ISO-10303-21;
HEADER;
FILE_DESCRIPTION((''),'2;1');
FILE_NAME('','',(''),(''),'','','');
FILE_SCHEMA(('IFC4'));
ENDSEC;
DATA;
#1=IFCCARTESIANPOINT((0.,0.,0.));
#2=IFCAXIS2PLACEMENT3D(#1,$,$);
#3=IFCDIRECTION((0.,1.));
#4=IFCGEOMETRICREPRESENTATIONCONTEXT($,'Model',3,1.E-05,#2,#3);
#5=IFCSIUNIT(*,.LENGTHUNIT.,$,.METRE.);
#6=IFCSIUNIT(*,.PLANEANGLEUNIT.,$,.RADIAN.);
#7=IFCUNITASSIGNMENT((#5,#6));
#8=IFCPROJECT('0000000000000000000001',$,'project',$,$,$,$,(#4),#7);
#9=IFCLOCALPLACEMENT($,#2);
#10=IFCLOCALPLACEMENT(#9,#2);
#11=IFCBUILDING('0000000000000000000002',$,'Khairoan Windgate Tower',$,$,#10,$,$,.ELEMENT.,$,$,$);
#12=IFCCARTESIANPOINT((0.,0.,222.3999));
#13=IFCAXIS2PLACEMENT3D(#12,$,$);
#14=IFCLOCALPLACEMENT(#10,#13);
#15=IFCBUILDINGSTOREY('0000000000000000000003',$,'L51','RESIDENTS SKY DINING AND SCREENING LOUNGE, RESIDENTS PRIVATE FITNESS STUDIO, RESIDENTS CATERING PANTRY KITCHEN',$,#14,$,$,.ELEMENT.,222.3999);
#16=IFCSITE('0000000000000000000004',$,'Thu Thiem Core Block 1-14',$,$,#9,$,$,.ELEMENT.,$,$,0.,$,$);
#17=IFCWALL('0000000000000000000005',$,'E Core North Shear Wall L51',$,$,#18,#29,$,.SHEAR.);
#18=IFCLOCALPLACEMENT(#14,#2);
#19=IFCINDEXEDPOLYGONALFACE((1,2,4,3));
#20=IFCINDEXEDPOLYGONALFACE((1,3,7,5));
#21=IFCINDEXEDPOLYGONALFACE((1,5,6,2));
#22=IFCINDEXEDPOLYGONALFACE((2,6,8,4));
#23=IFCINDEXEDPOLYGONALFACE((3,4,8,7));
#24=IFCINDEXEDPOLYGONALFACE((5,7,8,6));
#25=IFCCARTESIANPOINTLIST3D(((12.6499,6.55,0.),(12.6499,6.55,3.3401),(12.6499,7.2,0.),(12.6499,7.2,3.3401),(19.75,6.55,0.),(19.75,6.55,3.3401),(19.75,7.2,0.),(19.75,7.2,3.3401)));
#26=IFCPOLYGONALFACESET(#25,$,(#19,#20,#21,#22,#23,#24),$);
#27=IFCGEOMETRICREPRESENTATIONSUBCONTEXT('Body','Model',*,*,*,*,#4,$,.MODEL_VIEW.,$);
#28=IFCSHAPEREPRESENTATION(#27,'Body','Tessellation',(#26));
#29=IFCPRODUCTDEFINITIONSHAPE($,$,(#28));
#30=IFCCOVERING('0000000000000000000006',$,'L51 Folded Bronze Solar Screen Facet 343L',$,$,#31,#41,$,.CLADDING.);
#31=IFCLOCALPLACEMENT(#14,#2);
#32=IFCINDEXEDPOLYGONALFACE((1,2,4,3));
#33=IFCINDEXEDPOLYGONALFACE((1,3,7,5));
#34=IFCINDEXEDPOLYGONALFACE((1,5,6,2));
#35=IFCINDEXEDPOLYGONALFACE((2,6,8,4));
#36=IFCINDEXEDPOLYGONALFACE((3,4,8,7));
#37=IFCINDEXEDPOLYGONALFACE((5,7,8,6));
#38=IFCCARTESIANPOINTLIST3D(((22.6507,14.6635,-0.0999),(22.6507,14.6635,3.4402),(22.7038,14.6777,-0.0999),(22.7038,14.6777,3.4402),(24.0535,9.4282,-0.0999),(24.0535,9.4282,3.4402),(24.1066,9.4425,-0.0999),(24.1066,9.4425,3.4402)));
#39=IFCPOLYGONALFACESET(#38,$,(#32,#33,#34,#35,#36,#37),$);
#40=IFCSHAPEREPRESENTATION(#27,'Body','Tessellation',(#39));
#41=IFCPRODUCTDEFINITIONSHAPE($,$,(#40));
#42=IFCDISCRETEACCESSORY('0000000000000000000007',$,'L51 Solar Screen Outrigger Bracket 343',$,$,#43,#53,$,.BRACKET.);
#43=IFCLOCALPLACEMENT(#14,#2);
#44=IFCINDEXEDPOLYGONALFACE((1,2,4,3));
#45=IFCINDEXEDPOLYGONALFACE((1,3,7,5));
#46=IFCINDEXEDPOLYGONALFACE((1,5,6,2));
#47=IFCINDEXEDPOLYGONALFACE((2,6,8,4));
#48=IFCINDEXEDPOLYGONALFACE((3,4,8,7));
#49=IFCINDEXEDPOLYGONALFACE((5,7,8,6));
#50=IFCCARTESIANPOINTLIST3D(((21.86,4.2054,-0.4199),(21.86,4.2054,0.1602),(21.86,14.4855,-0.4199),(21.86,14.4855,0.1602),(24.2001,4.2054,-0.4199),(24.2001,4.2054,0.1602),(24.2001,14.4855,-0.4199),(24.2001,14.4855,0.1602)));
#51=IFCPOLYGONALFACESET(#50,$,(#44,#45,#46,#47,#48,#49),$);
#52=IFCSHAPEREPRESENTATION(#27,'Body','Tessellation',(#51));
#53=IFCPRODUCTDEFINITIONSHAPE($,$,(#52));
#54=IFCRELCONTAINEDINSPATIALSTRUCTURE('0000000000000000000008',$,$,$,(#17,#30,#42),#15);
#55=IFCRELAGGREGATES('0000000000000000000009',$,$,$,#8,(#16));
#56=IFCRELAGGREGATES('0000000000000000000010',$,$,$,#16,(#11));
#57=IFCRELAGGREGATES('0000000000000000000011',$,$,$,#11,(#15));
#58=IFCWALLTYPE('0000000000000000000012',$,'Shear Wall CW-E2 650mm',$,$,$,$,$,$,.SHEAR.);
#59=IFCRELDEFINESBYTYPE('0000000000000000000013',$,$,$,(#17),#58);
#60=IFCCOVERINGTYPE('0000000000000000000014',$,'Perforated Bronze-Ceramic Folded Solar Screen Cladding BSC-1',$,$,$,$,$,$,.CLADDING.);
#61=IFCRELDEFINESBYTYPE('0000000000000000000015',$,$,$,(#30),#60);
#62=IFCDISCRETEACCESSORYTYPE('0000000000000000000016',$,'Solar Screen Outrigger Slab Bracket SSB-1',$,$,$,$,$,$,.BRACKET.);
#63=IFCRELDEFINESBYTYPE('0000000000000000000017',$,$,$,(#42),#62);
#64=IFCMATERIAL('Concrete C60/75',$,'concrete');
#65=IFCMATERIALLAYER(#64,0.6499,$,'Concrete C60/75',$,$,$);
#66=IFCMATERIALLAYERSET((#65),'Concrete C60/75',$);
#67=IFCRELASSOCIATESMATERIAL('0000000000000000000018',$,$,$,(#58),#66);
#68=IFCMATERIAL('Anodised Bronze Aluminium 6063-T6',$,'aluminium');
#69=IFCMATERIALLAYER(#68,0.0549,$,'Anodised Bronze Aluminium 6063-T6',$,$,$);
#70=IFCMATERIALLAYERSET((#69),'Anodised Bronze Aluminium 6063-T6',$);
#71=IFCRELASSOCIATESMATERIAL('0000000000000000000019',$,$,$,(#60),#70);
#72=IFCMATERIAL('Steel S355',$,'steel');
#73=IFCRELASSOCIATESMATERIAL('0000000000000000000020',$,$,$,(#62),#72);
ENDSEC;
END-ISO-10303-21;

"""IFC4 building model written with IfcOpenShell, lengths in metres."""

from ifc_helpers import new_model, si_unit, direction, frame, frame_2d, origin, origin_2d, place, context, subcontext, project, spatial, rectangle, extrude, material, layer, layer_set, type_object, element, save


model = new_model("IFC4")

# Units and contexts
model_context = context("Model", 3, precision=1e-05, world=origin(), true_north=direction((0.0, 1.0)))
body_context = subcontext(model_context, "Body", "Model", "MODEL_VIEW")
ifc_project = project(units=[si_unit("LENGTHUNIT", "METRE"), si_unit("PLANEANGLEUNIT", "RADIAN")], contexts=[model_context])

# Site, building, storey
site_placement = place(None, origin())
site = spatial("IfcSite", under=ifc_project, at=site_placement, Name="Thu Thiem Core Block 1-14", CompositionType="ELEMENT", RefElevation=0.0)
building_placement = place(site_placement, origin())
building = spatial("IfcBuilding", under=site, at=building_placement, Name="Khairoan Windgate Tower", CompositionType="ELEMENT")
storey_placement = place(building_placement, frame((0.0, 0.0, 222.3999)))
storey = spatial("IfcBuildingStorey", under=building, at=storey_placement, Name="L51", Description="RESIDENTS SKY DINING AND SCREENING LOUNGE, RESIDENTS PRIVATE FITNESS STUDIO, RESIDENTS CATERING PANTRY KITCHEN", CompositionType="ELEMENT", Elevation=222.3999)

# Wall
ifc_material_1 = material(Name="Concrete C60/75", Category="concrete")
ifc_layer_1 = layer(ifc_material_1, 0.6499, Name="Concrete C60/75")
ifc_layer_set_1 = layer_set([ifc_layer_1], Name="Concrete C60/75")
wall_type = type_object("IfcWallType", Name="Shear Wall CW-E2 650mm", PredefinedType="SHEAR", material=ifc_layer_set_1)
wall_placement = place(storey_placement, frame((12.6499, 6.875, 0.0), z_axis=(0.0, 0.0, 1.0), x_axis=(1.0, 0.0, 0.0)))
element("IfcWall", 1, at=wall_placement, inside=storey, type_object=wall_type, Name="E Core North Shear Wall L51", PredefinedType="SHEAR", context=body_context, shape_type="SweptSolid", body=[
    extrude(rectangle(XDim=7.1001, YDim=0.6499, at=frame_2d((3.55, 0.0))), origin(), (0.0, 0.0, 1.0), 3.3401),
])

# Covering
ifc_material_2 = material(Name="Anodised Bronze Aluminium 6063-T6", Category="aluminium")
ifc_layer_2 = layer(ifc_material_2, 0.0549, Name="Anodised Bronze Aluminium 6063-T6")
ifc_layer_set_2 = layer_set([ifc_layer_2], Name="Anodised Bronze Aluminium 6063-T6")
covering_type = type_object("IfcCoveringType", Name="Perforated Bronze-Ceramic Folded Solar Screen Cladding BSC-1", PredefinedType="CLADDING", material=ifc_layer_set_2)
covering_placement = place(storey_placement, frame((23.3787, 12.053, -0.0999), z_axis=(0.0, 0.0, 1.0), x_axis=(0.258819, -0.965926, 0.0)))
element("IfcCovering", 2, at=covering_placement, inside=storey, type_object=covering_type, Name="L51 Folded Bronze Solar Screen Facet 343L", PredefinedType="CLADDING", context=body_context, shape_type="SweptSolid", body=[
    extrude(rectangle(XDim=5.4199, YDim=0.0549, at=origin_2d()), origin(), (0.0, 0.0, 1.0), 3.54),
])

# Discrete accessory
ifc_material_3 = material(Name="Steel S355", Category="steel")
discrete_accessory_type = type_object("IfcDiscreteAccessoryType", Name="Solar Screen Outrigger Slab Bracket SSB-1", PredefinedType="BRACKET", material=ifc_material_3)
discrete_accessory_placement = place(storey_placement, frame((23.03, 9.3455, -0.4199), z_axis=(0.0, 0.0, 1.0), x_axis=(0.0, -1.0, 0.0)))
element("IfcDiscreteAccessory", 3, at=discrete_accessory_placement, inside=storey, type_object=discrete_accessory_type, Name="L51 Solar Screen Outrigger Bracket 343", PredefinedType="BRACKET", context=body_context, shape_type="SweptSolid", body=[
    extrude(rectangle(XDim=10.28, YDim=2.3401, at=origin_2d()), origin(), (0.0, 0.0, 1.0), 0.5801),
])

save(model, "model.ifc")
